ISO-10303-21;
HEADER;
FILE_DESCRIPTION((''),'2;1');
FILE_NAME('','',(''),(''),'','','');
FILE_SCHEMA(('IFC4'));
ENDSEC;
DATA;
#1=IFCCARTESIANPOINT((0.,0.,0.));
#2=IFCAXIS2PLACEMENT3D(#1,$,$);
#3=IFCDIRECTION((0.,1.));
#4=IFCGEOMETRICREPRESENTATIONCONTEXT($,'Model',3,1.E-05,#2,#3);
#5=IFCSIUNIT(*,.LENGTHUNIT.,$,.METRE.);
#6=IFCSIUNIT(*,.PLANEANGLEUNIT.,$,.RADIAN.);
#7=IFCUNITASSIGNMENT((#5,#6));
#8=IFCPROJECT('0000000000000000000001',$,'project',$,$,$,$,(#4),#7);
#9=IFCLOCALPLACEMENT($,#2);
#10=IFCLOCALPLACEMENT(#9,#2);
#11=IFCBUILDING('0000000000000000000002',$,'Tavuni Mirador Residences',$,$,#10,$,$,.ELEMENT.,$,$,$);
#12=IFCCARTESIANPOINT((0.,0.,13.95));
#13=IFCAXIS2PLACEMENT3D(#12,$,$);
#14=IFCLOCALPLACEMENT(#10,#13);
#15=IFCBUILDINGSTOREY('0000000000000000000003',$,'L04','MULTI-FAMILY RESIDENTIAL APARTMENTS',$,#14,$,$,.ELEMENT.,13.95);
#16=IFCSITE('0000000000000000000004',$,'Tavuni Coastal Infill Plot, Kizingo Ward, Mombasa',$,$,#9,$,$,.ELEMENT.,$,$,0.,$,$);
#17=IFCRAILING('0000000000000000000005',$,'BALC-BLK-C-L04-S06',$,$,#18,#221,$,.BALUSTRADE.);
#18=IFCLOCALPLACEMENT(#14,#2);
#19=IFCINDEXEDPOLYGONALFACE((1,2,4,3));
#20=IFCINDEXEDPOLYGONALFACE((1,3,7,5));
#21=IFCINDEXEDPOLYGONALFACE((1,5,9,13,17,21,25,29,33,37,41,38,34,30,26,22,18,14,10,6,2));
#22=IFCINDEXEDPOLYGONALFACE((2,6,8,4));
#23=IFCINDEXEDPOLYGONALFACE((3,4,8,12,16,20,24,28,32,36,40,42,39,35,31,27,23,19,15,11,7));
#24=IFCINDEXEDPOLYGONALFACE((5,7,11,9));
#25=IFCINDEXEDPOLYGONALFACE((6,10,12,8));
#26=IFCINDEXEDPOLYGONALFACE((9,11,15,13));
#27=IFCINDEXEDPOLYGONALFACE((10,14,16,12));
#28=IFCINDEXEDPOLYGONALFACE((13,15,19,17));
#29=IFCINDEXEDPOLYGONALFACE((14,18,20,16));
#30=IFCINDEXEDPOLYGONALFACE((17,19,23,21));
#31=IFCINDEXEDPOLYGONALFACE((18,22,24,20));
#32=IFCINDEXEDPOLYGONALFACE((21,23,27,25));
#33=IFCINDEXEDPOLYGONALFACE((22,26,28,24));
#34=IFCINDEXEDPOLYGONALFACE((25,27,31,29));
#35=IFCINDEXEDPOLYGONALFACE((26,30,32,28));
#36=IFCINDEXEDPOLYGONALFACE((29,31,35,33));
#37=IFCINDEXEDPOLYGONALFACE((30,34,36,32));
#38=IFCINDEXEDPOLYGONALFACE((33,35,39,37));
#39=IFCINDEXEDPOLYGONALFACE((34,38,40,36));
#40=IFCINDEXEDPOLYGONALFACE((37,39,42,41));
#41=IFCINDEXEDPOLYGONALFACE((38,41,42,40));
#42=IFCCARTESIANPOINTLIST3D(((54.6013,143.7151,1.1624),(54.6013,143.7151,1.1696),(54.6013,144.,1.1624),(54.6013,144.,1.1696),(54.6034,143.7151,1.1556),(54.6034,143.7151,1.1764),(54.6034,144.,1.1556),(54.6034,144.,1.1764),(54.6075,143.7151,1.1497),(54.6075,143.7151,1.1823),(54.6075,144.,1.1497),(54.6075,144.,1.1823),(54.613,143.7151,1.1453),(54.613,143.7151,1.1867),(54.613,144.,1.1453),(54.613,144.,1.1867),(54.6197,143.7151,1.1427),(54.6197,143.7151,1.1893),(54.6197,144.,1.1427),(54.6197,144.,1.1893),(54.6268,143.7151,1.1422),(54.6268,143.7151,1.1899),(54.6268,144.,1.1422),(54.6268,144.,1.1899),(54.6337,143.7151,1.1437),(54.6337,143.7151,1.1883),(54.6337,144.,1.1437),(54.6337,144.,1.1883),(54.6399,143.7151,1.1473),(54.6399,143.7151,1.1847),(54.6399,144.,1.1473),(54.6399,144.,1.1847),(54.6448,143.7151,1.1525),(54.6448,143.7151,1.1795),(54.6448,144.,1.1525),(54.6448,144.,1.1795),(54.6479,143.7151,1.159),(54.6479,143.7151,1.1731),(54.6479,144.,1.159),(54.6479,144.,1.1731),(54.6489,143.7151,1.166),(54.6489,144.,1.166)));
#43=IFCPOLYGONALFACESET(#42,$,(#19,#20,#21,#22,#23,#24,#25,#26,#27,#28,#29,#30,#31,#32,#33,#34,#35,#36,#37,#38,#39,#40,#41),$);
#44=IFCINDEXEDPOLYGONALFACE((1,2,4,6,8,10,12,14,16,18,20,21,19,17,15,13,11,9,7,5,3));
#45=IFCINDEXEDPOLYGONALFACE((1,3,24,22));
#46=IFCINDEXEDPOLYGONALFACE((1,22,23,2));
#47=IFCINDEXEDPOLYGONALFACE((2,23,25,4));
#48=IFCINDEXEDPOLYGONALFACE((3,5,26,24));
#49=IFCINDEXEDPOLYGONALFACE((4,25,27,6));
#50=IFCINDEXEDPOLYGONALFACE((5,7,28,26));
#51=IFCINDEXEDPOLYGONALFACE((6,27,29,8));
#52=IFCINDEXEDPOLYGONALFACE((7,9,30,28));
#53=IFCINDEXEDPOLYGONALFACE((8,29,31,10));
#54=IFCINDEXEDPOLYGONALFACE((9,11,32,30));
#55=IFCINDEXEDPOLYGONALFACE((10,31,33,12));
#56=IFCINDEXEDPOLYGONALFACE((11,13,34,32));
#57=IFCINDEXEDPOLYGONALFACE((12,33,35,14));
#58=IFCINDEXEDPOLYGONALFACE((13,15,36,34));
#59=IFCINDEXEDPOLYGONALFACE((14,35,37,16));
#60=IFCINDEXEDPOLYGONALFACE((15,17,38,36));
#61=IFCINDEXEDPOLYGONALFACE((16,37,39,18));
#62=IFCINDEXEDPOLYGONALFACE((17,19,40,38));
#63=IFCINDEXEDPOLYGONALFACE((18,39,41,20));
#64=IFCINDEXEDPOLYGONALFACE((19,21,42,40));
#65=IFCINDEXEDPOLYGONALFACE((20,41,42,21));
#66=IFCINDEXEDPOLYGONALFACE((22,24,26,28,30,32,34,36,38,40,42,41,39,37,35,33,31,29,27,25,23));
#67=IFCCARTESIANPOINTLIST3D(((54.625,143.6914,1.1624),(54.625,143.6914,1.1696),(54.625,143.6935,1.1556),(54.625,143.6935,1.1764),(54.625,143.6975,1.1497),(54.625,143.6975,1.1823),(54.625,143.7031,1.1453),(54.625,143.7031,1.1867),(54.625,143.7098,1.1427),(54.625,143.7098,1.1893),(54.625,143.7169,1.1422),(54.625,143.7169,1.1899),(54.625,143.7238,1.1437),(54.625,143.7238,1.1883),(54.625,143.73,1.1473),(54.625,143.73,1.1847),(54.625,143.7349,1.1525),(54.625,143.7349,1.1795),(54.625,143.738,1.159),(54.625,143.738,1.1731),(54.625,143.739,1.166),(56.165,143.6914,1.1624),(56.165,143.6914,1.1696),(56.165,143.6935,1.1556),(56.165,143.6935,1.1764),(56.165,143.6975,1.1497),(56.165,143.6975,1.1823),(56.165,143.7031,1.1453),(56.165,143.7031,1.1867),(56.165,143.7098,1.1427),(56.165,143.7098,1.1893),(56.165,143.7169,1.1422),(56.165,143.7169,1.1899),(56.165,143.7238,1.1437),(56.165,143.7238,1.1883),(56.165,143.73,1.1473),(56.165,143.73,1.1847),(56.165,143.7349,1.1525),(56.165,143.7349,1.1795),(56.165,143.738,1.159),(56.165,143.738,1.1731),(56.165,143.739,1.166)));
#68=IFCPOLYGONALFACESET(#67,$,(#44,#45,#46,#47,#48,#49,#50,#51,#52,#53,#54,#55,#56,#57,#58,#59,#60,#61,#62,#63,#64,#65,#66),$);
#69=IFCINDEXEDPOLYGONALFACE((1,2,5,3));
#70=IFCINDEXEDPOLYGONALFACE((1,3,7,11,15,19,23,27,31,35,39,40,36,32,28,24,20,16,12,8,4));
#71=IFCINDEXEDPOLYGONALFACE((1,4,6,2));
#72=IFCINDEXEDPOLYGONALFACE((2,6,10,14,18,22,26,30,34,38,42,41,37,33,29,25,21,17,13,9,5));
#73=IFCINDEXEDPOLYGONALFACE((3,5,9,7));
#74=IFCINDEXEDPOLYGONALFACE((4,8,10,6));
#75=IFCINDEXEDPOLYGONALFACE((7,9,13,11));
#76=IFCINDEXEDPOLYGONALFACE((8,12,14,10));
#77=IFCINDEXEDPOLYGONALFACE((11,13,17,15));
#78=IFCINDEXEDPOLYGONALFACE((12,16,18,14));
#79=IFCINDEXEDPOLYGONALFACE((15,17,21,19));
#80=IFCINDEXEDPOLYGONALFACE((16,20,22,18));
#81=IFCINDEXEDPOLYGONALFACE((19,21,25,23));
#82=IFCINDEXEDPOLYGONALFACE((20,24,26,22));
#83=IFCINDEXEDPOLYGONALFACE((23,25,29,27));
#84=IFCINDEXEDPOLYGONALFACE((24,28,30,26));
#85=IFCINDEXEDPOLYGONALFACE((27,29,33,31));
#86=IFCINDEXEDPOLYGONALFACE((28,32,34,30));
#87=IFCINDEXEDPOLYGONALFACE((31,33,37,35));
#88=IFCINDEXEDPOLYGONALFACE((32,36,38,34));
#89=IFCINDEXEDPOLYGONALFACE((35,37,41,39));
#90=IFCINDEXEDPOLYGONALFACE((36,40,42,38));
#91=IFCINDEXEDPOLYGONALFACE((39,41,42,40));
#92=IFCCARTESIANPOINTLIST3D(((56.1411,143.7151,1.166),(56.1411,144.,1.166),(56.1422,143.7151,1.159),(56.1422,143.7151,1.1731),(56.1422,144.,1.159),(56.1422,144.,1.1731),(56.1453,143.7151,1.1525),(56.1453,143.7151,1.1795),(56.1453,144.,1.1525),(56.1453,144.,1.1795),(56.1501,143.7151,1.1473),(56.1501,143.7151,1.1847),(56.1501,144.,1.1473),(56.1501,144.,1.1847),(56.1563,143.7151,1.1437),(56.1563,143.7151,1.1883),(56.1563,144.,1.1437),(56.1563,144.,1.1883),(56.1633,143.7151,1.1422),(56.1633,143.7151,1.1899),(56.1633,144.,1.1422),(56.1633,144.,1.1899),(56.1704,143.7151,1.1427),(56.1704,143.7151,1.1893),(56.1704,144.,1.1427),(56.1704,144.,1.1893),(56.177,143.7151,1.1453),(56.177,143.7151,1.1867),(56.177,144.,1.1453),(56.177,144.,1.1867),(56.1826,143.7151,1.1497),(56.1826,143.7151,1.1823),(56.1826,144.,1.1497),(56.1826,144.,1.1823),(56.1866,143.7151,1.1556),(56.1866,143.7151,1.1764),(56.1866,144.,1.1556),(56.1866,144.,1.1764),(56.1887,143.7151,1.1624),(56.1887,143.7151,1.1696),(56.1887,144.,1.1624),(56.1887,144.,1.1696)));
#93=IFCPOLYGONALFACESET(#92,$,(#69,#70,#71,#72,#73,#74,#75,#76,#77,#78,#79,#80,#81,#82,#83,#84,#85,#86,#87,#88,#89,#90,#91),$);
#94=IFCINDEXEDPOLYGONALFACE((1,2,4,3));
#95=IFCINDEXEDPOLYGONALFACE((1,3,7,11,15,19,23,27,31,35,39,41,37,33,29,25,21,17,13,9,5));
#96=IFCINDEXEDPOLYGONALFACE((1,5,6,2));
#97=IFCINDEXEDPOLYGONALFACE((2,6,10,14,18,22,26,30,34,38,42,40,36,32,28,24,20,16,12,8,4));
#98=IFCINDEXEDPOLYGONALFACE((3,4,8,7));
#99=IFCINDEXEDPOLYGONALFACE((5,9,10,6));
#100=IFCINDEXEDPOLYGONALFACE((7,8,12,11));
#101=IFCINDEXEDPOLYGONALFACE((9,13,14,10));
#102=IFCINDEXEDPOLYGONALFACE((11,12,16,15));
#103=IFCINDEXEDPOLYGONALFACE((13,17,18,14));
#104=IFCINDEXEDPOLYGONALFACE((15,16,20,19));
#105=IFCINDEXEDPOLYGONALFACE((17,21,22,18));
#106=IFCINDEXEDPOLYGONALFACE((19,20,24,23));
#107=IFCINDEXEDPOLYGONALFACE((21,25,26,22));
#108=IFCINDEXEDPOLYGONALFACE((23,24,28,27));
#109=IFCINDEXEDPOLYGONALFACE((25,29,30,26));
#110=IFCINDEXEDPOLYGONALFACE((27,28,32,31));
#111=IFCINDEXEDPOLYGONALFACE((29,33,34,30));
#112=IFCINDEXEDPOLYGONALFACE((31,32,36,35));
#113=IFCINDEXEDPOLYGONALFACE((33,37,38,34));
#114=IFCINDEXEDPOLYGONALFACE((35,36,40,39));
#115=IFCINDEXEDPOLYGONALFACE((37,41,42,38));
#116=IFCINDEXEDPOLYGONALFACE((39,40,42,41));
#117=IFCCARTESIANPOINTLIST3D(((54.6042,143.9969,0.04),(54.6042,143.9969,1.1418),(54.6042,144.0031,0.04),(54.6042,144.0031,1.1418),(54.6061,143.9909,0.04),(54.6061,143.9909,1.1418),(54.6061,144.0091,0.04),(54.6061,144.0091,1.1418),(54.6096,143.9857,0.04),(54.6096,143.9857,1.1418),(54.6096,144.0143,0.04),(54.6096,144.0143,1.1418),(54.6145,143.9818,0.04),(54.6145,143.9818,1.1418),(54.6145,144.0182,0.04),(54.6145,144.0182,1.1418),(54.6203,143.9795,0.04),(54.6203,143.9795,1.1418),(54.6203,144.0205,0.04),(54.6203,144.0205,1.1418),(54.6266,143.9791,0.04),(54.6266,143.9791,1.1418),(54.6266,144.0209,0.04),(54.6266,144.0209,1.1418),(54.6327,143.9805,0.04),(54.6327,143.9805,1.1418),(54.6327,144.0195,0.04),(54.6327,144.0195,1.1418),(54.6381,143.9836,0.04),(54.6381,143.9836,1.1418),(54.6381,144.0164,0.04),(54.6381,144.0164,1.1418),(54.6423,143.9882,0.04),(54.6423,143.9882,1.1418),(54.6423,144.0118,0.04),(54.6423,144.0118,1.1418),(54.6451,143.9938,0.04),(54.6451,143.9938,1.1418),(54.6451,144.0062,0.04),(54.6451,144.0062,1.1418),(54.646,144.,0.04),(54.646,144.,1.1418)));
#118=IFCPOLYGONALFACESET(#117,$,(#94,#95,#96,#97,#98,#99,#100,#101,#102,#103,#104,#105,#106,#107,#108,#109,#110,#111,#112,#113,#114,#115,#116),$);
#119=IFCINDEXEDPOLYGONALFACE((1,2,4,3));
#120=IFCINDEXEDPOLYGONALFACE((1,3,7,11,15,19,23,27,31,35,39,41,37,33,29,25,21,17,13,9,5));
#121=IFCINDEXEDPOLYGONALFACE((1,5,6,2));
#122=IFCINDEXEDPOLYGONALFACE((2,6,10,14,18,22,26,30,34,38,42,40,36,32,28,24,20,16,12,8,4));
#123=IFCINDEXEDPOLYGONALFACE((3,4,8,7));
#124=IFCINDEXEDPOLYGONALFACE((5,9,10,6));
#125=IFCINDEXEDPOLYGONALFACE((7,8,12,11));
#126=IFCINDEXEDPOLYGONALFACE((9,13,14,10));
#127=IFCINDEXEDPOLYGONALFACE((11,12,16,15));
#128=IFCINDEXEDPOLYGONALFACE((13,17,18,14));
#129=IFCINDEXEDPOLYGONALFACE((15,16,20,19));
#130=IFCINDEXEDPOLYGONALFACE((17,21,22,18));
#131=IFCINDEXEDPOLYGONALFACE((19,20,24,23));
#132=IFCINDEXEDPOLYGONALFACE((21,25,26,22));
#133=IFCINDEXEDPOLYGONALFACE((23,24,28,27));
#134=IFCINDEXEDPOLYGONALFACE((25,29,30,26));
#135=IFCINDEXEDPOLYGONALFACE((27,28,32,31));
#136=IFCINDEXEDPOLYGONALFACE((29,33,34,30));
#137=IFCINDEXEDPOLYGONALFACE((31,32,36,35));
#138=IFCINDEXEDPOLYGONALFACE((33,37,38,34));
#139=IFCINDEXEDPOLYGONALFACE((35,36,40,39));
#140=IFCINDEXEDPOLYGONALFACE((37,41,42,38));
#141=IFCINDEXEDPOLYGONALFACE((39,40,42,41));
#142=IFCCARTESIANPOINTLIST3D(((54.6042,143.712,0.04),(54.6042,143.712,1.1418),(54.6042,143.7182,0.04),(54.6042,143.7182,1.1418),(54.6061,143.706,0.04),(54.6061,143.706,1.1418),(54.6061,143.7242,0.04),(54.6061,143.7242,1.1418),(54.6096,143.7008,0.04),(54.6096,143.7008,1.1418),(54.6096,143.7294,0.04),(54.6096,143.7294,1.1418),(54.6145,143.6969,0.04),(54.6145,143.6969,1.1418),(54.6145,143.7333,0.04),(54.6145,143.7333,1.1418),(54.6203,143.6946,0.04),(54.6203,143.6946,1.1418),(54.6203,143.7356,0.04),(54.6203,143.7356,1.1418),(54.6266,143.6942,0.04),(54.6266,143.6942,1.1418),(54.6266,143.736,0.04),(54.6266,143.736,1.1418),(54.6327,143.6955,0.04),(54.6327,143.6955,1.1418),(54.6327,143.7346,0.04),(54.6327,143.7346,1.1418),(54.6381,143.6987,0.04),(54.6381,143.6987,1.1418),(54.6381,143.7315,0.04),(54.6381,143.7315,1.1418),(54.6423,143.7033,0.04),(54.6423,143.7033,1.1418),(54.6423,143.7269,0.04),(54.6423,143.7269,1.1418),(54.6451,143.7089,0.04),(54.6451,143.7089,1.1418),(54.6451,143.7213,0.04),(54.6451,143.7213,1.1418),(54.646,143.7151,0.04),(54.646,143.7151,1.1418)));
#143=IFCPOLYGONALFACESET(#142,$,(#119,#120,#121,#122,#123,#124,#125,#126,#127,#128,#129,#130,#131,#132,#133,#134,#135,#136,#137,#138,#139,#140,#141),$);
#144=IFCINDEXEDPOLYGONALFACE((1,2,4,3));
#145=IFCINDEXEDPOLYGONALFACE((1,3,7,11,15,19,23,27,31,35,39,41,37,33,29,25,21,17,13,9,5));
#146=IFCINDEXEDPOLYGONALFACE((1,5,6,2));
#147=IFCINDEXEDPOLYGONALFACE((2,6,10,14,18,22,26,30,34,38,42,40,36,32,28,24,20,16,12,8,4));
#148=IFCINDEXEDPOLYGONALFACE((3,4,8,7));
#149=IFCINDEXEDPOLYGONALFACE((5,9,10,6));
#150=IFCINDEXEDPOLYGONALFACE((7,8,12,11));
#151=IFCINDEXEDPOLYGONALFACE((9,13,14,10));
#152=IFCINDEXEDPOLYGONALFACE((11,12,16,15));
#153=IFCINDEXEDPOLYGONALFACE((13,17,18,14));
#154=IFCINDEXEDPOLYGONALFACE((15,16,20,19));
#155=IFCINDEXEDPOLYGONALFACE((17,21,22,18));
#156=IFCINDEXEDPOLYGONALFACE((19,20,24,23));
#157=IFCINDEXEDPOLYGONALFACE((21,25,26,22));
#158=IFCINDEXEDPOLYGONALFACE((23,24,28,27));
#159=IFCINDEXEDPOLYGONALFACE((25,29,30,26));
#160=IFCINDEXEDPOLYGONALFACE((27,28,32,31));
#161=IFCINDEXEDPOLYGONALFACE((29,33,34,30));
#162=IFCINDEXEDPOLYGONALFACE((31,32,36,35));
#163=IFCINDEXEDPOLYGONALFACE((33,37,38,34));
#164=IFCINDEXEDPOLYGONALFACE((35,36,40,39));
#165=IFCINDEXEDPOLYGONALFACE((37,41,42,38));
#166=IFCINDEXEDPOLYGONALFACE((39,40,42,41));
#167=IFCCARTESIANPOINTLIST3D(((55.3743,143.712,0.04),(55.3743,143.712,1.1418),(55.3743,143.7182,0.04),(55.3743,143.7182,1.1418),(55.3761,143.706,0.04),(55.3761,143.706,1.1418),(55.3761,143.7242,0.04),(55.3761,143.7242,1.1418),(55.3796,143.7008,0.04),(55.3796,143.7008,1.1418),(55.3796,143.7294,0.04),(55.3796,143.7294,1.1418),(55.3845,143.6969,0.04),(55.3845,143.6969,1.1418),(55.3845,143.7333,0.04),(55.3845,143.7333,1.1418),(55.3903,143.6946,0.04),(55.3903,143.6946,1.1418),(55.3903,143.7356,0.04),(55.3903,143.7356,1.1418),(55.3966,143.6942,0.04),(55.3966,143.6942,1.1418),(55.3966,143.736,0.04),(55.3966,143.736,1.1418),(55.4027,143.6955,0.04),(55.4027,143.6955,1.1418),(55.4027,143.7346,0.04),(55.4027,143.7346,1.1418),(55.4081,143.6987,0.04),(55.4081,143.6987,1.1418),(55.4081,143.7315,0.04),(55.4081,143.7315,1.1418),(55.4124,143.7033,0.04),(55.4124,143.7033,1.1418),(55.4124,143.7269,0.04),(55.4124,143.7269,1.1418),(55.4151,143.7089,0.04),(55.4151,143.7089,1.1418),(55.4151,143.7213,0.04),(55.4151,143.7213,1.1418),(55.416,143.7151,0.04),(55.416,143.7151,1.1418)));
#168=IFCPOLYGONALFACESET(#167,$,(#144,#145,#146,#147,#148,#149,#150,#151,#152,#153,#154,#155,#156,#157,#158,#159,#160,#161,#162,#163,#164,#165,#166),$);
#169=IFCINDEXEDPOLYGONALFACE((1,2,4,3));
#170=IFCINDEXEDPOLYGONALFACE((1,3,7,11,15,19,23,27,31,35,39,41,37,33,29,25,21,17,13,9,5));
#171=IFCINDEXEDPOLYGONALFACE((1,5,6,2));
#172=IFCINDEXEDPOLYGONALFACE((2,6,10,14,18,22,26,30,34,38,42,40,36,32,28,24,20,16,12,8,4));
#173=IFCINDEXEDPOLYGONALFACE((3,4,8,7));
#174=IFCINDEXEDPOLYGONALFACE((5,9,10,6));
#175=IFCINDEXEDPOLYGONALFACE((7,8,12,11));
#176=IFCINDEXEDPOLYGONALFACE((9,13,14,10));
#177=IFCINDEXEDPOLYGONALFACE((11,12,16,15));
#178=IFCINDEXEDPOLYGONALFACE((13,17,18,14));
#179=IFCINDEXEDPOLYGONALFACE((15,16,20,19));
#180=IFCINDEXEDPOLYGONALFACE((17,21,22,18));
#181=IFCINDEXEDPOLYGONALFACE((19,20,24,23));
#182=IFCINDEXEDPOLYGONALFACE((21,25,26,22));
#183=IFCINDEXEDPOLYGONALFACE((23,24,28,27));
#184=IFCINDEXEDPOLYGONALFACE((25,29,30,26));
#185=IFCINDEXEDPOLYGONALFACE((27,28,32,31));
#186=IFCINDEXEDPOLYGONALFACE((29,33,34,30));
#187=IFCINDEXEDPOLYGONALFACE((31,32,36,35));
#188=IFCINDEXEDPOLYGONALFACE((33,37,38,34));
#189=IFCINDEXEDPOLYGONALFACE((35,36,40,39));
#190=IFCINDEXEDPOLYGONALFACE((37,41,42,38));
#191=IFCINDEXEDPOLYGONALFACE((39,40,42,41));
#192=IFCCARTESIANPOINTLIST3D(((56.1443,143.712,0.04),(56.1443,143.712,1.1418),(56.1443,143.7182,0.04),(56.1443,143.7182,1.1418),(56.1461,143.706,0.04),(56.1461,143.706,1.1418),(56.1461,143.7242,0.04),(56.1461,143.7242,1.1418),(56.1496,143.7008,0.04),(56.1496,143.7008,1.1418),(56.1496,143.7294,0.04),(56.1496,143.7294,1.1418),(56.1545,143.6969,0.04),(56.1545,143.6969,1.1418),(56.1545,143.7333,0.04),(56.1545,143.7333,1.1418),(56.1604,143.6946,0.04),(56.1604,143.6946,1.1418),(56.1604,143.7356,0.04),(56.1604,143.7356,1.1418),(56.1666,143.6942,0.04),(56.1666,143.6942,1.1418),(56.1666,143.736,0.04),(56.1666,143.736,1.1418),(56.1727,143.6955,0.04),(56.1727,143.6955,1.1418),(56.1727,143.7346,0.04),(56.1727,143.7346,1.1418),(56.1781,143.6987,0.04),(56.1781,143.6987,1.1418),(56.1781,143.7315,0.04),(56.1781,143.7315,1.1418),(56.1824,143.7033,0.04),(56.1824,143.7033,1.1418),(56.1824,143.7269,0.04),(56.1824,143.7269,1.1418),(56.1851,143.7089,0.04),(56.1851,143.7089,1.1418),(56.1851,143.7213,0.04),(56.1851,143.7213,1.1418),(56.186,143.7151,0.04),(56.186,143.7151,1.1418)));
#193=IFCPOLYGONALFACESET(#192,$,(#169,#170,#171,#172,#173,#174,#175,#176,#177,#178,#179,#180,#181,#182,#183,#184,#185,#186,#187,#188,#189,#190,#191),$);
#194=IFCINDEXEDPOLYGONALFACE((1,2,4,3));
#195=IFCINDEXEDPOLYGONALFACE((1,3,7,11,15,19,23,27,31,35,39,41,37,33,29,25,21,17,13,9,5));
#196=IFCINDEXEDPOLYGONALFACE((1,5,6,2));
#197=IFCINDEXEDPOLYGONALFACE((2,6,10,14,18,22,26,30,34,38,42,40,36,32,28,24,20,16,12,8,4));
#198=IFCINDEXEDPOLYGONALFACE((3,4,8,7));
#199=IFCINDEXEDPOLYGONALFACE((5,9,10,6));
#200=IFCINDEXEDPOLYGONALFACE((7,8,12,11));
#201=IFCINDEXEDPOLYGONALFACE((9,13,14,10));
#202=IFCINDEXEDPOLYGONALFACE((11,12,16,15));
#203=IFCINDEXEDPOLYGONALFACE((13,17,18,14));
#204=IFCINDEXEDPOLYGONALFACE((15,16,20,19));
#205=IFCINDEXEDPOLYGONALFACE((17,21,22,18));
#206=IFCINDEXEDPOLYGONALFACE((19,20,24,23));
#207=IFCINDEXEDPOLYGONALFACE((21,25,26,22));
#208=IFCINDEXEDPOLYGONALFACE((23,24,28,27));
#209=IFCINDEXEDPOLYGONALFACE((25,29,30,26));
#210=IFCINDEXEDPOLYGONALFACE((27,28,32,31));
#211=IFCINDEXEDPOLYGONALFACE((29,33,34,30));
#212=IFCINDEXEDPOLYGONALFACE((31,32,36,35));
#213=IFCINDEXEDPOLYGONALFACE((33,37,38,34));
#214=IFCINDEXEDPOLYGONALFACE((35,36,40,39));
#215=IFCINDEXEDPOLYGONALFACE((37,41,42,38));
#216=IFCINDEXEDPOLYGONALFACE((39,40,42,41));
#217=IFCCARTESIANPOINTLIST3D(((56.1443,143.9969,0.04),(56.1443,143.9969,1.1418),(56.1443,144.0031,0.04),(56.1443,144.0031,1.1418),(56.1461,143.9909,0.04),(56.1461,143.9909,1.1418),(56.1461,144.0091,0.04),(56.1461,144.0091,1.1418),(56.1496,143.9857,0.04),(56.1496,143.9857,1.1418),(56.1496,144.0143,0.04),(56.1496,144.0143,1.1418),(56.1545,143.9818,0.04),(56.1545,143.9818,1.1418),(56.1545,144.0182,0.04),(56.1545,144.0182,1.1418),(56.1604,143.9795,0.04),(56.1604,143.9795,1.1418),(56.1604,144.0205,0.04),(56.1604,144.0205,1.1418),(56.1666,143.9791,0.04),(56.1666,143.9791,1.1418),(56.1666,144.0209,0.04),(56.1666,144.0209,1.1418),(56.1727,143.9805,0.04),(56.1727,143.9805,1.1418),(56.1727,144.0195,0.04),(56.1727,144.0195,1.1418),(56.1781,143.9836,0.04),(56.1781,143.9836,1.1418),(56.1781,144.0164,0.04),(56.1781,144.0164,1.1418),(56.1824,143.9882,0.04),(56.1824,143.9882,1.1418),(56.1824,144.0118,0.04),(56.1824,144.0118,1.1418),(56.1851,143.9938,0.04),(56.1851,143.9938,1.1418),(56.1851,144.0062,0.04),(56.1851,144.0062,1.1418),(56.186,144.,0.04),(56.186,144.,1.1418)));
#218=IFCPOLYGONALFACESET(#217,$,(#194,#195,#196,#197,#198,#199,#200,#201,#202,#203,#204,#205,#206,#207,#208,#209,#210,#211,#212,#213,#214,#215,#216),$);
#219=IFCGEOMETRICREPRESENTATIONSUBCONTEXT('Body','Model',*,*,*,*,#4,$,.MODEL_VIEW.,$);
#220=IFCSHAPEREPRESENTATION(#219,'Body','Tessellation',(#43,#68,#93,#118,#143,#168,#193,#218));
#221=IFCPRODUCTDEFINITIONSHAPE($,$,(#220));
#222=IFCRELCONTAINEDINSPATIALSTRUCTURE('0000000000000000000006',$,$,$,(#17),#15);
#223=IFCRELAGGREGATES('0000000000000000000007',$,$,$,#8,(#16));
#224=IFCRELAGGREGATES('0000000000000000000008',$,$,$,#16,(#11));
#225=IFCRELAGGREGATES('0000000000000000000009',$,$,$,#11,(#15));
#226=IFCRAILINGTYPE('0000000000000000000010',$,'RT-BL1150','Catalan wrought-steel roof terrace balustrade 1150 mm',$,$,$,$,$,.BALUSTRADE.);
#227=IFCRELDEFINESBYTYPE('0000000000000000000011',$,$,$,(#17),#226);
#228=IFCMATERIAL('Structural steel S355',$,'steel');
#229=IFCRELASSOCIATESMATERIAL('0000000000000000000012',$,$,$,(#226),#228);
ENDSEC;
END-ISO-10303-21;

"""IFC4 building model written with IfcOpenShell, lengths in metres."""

from ifc_helpers import new_model, si_unit, direction, frame, origin, origin_2d, place, context, subcontext, project, spatial, circle, extrude, material, type_object, element, save


model = new_model("IFC4")

# Units and contexts
model_context = context("Model", 3, precision=1e-05, world=origin(), true_north=direction((0.0, 1.0)))
body_context = subcontext(model_context, "Body", "Model", "MODEL_VIEW")
ifc_project = project(units=[si_unit("LENGTHUNIT", "METRE"), si_unit("PLANEANGLEUNIT", "RADIAN")], contexts=[model_context])

# Site, building, storey
site_placement = place(None, origin())
site = spatial("IfcSite", under=ifc_project, at=site_placement, Name="Tavuni Coastal Infill Plot, Kizingo Ward, Mombasa", CompositionType="ELEMENT", RefElevation=0.0)
building_placement = place(site_placement, origin())
building = spatial("IfcBuilding", under=site, at=building_placement, Name="Tavuni Mirador Residences", CompositionType="ELEMENT")
storey_placement = place(building_placement, frame((0.0, 0.0, 13.95)))
storey = spatial("IfcBuildingStorey", under=building, at=storey_placement, Name="L04", Description="MULTI-FAMILY RESIDENTIAL APARTMENTS", CompositionType="ELEMENT", Elevation=13.95)

# Railing
ifc_material_1 = material(Name="Structural steel S355", Category="steel")
railing_type = type_object("IfcRailingType", Name="RT-BL1150", Description="Catalan wrought-steel roof terrace balustrade 1150 mm", PredefinedType="BALUSTRADE", material=ifc_material_1)
railing_placement = place(storey_placement, frame((54.625, 144.0, 0.04)))
element("IfcRailing", 1, at=railing_placement, inside=storey, type_object=railing_type, Name="BALC-BLK-C-L04-S06", PredefinedType="BALUSTRADE", context=body_context, shape_type="SweptSolid", body=[
    extrude(circle(Radius=0.0239, at=origin_2d()), frame((0.0, 0.0, 1.126), z_axis=(0.0, -1.0, 0.0), x_axis=(1.0, 0.0, 0.0)), (0.0, 0.0, 1.0), 0.2849),
    extrude(circle(Radius=0.0239, at=origin_2d()), frame((0.0, -0.2849, 1.126), z_axis=(1.0, 0.0, 0.0), x_axis=(0.0, 1.0, 0.0)), (0.0, 0.0, 1.0), 1.54),
    extrude(circle(Radius=0.0239, at=origin_2d()), frame((1.54, -0.2849, 1.126), z_axis=(0.0, 1.0, 0.0), x_axis=(-1.0, 0.0, 0.0)), (0.0, 0.0, 1.0), 0.2849),
    extrude(circle(Radius=0.021, at=origin_2d()), origin(), (0.0, 0.0, 1.0), 1.1018),
    extrude(circle(Radius=0.021, at=origin_2d()), frame((0.0, -0.2849, 0.0)), (0.0, 0.0, 1.0), 1.1018),
    extrude(circle(Radius=0.021, at=origin_2d()), frame((0.77, -0.2849, 0.0)), (0.0, 0.0, 1.0), 1.1018),
    extrude(circle(Radius=0.021, at=origin_2d()), frame((1.54, -0.2849, 0.0)), (0.0, 0.0, 1.0), 1.1018),
    extrude(circle(Radius=0.021, at=origin_2d()), frame((1.54, 0.0, 0.0)), (0.0, 0.0, 1.0), 1.1018),
])

save(model, "model.ifc")
